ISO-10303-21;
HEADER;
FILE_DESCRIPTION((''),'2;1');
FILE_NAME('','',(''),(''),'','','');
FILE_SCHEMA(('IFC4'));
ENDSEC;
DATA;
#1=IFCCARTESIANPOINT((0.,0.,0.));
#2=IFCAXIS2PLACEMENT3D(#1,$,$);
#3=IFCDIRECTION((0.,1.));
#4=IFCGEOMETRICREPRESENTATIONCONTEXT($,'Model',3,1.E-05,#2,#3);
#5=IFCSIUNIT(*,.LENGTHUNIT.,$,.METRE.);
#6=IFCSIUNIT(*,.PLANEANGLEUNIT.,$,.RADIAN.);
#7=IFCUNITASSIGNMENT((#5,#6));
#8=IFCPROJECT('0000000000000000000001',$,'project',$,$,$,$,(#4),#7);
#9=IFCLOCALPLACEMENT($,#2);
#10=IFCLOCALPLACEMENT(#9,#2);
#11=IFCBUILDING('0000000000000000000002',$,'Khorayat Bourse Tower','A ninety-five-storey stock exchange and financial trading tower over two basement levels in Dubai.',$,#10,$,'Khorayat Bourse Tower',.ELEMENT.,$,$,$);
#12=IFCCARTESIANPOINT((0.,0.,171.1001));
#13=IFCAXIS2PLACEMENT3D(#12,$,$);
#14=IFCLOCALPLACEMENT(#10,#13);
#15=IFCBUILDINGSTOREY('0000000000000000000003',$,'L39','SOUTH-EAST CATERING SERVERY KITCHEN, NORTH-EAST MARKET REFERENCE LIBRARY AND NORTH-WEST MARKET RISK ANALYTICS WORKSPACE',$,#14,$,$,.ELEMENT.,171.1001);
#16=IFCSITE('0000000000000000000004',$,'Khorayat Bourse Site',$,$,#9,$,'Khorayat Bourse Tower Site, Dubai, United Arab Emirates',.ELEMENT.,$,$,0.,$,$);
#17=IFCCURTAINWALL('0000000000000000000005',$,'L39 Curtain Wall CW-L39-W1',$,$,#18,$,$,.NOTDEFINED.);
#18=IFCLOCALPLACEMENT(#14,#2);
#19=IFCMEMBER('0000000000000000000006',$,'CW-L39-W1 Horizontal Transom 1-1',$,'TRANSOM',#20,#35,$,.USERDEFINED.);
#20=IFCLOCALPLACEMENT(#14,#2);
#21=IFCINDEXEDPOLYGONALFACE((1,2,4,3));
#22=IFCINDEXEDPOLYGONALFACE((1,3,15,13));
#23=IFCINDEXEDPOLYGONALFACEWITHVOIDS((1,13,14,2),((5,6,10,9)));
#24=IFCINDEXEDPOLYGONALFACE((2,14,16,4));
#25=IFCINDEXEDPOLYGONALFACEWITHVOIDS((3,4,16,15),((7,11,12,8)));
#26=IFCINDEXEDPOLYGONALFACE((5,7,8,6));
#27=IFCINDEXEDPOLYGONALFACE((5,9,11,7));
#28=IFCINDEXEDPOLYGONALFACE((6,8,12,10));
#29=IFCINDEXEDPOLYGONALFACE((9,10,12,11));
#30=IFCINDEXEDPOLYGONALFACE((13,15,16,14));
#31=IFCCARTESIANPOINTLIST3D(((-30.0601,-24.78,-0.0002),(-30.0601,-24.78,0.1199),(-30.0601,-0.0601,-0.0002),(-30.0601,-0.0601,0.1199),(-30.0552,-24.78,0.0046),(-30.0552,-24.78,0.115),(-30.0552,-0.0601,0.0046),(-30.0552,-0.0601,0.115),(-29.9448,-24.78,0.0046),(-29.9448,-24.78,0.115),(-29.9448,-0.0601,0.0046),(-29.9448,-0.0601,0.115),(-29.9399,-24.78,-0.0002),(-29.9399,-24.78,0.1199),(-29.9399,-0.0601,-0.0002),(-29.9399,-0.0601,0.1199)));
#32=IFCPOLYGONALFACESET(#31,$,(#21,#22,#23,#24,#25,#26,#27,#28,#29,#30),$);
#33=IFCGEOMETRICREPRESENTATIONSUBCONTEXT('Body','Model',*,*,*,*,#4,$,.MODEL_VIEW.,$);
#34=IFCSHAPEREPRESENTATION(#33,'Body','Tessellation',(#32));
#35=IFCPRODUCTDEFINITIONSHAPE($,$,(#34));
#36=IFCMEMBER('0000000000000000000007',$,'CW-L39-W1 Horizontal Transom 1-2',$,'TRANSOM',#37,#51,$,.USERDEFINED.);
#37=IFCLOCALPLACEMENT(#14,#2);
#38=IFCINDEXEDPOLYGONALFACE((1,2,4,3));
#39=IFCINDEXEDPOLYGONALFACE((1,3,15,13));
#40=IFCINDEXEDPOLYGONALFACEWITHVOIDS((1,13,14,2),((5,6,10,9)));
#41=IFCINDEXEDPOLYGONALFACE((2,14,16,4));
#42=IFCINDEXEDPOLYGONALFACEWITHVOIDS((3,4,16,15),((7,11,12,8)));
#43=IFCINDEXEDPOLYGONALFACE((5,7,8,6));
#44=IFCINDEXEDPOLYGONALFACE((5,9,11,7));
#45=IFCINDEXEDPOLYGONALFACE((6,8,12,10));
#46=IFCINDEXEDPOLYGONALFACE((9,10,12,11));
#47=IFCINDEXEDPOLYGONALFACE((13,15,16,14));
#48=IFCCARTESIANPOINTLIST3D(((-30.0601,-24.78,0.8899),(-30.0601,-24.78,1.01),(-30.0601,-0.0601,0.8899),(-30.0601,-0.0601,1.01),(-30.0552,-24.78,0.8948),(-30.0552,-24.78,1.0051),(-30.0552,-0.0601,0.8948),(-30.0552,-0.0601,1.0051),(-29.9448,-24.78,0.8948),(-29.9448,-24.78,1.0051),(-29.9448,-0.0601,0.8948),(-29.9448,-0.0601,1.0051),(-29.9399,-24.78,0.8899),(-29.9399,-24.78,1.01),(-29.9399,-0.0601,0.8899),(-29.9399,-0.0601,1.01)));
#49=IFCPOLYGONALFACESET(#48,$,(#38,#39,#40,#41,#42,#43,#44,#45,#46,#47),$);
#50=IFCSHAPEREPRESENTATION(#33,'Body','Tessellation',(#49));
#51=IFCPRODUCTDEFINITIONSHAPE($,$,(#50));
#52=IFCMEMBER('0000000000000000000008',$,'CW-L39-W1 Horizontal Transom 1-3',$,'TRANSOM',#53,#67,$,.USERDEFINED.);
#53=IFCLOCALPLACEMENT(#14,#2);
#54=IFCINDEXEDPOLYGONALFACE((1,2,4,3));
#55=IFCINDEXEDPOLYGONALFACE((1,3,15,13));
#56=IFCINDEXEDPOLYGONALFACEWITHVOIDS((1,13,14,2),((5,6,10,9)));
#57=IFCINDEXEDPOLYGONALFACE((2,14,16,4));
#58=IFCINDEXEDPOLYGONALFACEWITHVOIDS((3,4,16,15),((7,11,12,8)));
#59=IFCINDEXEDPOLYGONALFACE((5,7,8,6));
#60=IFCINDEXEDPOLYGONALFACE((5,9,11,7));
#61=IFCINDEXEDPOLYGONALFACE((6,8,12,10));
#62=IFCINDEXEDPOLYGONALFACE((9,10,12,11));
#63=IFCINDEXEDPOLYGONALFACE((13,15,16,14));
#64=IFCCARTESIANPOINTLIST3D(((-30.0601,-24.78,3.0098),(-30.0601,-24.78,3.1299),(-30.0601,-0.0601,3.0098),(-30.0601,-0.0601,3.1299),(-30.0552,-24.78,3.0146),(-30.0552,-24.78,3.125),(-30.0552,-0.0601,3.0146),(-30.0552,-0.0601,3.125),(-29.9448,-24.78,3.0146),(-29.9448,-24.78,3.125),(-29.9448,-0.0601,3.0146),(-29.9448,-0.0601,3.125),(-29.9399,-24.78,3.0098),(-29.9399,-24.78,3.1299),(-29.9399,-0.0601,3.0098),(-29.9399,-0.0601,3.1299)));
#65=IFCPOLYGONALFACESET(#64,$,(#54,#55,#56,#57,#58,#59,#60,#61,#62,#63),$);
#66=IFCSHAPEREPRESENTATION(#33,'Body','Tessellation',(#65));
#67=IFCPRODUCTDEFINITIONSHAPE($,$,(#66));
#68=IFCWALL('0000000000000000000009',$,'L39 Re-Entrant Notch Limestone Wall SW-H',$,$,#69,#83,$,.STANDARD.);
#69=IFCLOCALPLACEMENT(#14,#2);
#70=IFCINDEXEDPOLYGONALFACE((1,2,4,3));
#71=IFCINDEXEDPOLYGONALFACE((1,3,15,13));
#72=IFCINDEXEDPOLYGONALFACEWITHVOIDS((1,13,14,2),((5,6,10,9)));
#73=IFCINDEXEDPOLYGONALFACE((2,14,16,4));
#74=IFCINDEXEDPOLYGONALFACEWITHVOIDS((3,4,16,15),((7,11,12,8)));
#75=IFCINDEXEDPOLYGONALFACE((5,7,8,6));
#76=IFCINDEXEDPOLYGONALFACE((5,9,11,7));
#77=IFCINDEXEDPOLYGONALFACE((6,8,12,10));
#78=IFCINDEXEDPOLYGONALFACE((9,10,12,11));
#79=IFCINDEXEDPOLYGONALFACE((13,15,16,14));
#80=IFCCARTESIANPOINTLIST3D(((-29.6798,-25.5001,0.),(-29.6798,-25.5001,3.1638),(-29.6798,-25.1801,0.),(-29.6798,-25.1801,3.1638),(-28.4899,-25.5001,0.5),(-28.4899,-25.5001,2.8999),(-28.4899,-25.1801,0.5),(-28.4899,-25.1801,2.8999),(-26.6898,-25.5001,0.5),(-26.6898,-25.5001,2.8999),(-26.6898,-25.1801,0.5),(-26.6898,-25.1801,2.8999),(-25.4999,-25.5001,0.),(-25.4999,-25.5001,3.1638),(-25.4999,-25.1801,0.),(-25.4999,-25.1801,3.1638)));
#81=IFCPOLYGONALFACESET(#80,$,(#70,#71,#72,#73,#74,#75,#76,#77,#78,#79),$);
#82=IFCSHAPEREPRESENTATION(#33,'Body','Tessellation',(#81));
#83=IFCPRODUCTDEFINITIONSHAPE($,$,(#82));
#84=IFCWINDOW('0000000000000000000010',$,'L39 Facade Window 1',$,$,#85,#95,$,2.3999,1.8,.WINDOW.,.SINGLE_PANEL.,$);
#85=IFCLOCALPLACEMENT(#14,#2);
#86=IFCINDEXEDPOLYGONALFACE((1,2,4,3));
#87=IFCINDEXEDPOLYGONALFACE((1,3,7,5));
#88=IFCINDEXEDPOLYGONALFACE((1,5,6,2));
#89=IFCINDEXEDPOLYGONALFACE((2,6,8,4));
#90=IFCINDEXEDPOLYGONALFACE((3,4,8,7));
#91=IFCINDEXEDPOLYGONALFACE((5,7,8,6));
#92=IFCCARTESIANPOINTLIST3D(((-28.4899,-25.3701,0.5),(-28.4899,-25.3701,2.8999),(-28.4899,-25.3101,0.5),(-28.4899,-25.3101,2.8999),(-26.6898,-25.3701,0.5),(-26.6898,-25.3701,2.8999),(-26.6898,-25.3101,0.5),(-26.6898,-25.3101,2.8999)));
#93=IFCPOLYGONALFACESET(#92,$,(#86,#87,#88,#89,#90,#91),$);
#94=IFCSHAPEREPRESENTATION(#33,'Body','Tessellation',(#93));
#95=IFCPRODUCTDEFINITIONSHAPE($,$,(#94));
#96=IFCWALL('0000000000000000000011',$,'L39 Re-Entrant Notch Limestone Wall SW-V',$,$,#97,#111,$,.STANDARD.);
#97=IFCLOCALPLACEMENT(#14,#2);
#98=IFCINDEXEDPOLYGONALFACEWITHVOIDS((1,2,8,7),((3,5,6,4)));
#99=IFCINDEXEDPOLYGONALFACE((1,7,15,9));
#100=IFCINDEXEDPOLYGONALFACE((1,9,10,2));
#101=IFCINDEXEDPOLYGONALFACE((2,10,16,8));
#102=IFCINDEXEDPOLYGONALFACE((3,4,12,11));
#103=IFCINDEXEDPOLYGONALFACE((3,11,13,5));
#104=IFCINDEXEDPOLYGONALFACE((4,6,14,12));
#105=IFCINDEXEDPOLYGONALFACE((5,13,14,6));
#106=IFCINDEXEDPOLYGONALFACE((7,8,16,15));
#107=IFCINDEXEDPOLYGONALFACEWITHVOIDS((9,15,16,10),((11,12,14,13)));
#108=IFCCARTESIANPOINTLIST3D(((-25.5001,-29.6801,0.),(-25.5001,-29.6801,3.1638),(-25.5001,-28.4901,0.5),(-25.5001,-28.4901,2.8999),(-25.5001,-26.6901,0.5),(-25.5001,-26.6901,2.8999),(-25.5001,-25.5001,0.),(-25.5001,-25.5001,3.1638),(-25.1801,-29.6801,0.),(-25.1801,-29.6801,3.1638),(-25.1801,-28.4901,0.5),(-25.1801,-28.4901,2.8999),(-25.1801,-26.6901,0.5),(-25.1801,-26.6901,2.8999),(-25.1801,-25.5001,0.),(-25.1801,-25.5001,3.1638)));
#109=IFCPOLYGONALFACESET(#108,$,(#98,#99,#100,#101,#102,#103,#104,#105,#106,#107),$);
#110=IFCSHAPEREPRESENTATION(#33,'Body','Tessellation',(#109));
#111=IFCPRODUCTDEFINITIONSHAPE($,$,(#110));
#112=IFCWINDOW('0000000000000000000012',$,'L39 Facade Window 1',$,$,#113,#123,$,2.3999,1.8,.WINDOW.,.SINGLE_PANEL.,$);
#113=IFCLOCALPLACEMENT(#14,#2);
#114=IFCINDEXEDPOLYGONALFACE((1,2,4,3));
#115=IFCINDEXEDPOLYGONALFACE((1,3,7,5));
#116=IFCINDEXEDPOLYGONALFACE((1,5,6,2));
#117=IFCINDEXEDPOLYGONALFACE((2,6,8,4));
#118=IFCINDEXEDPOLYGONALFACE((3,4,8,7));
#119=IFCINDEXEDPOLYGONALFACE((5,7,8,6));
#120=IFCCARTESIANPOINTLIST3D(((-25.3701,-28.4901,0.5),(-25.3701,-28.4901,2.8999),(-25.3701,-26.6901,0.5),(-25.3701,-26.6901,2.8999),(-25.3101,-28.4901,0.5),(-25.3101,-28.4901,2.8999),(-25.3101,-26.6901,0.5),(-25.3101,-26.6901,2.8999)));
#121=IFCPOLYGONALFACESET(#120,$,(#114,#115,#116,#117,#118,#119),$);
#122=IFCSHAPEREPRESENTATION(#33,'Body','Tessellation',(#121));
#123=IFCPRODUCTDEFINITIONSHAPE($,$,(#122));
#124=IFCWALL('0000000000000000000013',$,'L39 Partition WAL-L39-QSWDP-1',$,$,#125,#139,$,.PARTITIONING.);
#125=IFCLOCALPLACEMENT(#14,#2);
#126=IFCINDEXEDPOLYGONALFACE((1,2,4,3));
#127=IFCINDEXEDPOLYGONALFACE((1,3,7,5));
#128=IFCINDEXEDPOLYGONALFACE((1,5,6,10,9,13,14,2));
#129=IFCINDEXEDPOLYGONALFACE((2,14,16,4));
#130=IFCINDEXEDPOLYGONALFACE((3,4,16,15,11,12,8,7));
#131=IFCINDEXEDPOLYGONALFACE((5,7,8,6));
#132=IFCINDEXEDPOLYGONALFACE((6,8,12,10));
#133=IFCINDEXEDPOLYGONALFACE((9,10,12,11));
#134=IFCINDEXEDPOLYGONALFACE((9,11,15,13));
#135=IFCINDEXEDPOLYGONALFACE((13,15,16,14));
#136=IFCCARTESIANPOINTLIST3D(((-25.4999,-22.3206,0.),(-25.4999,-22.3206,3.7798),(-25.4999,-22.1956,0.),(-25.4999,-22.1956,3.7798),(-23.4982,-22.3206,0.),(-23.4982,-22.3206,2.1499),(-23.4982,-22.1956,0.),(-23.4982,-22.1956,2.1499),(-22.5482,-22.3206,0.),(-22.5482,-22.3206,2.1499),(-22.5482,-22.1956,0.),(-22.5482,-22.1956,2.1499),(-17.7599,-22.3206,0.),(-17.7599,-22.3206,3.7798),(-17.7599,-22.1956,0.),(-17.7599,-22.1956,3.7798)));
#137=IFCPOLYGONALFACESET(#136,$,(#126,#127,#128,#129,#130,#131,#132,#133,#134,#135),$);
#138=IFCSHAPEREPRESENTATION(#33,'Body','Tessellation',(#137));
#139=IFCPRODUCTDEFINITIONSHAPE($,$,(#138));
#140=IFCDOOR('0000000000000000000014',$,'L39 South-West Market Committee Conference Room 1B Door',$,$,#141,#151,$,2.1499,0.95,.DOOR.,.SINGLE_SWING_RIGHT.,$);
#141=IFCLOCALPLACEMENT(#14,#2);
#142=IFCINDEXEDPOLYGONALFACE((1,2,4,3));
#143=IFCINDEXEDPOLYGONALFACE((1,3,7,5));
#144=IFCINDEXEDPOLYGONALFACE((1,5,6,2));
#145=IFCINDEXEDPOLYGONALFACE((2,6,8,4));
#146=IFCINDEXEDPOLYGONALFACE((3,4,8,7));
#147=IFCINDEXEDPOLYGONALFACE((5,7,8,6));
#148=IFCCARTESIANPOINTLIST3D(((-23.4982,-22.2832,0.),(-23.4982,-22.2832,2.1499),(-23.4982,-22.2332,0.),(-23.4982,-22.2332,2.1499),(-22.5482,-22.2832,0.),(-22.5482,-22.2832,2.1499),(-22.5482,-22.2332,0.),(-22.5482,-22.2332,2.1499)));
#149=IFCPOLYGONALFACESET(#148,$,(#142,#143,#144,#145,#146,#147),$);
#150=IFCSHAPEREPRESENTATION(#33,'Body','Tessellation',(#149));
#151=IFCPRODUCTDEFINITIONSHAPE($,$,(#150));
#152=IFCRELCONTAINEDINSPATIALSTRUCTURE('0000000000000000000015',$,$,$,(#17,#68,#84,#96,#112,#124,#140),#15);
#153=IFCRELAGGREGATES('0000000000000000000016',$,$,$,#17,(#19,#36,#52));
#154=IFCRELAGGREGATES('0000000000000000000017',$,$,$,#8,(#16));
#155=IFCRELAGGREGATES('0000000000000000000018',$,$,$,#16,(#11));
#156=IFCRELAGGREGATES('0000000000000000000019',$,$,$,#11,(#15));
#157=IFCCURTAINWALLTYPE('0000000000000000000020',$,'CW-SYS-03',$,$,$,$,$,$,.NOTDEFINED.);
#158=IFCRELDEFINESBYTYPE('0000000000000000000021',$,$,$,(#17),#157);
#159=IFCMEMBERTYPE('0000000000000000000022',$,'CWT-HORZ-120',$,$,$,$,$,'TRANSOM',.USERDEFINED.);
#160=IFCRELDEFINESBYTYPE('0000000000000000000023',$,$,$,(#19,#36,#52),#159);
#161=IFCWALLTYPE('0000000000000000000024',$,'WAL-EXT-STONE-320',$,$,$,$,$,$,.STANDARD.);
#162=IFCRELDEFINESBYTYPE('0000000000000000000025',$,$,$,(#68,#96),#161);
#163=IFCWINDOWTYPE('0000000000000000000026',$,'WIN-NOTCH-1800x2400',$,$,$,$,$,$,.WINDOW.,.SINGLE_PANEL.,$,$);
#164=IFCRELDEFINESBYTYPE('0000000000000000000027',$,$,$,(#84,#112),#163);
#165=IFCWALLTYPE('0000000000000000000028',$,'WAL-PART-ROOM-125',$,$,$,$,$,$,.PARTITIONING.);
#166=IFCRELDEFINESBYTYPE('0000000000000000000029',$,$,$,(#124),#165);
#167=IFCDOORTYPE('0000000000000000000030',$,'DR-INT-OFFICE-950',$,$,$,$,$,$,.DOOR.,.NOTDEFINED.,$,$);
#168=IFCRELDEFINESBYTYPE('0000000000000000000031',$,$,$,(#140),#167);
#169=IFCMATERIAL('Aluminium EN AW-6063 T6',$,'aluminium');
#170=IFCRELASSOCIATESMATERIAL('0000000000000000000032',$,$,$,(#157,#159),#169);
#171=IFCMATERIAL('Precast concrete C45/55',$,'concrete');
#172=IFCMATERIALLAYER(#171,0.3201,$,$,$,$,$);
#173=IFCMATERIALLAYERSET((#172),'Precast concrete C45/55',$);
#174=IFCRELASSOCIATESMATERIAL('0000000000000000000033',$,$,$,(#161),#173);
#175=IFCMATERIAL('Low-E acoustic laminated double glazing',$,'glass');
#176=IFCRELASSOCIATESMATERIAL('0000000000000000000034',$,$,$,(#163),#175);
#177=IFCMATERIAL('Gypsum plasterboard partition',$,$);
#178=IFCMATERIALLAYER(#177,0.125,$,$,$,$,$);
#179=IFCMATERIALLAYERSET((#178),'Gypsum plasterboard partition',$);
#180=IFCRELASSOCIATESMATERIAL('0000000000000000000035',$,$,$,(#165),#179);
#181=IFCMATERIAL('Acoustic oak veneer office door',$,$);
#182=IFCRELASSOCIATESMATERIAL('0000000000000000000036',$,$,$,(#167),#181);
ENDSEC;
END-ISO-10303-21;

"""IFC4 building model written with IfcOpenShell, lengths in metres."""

from ifc_helpers import new_model, si_unit, direction, frame, frame_2d, origin, origin_2d, place, context, subcontext, project, spatial, rectangle, hollow_rectangle, extrude, source, transform, mapped, material, layer, layer_set, material_profile, profile_set, type_object, element, fill, aggregate, save


model = new_model("IFC4")

# Units and contexts
model_context = context("Model", 3, precision=1e-05, world=origin(), true_north=direction((0.0, 1.0)))
body_context = subcontext(model_context, "Body", "Model", "MODEL_VIEW")
ifc_project = project(units=[si_unit("LENGTHUNIT", "METRE"), si_unit("PLANEANGLEUNIT", "RADIAN")], contexts=[model_context])

# Site, building, storey
site_placement = place(None, origin())
site = spatial("IfcSite", under=ifc_project, at=site_placement, Name="Khorayat Bourse Site", LongName="Khorayat Bourse Tower Site, Dubai, United Arab Emirates", CompositionType="ELEMENT", RefElevation=0.0)
building_placement = place(site_placement, origin())
building = spatial("IfcBuilding", under=site, at=building_placement, Name="Khorayat Bourse Tower", Description="A ninety-five-storey stock exchange and financial trading tower over two basement levels in Dubai.", LongName="Khorayat Bourse Tower", CompositionType="ELEMENT")
storey_placement = place(building_placement, frame((0.0, 0.0, 171.1001)))
storey = spatial("IfcBuildingStorey", under=building, at=storey_placement, Name="L39", Description="SOUTH-EAST CATERING SERVERY KITCHEN, NORTH-EAST MARKET REFERENCE LIBRARY AND NORTH-WEST MARKET RISK ANALYTICS WORKSPACE", CompositionType="ELEMENT", Elevation=171.1001)

# Curtain wall
ifc_material_1 = material(Name="Aluminium EN AW-6063 T6", Category="aluminium")
curtain_wall_type = type_object("IfcCurtainWallType", Name="CW-SYS-03", PredefinedType="NOTDEFINED", material=ifc_material_1)
curtain_wall_1_placement = place(storey_placement, origin())
curtain_wall_1 = element("IfcCurtainWall", 1, at=curtain_wall_1_placement, inside=storey, type_object=curtain_wall_type, Name="L39 Curtain Wall CW-L39-W1", PredefinedType="NOTDEFINED")

# Members
ifc_material_profile_1 = material_profile(ifc_material_1, hollow_rectangle(XDim=0.1201, YDim=0.1201, WallThickness=0.0049, at=origin_2d()), Name="ALU 120x120x5")
ifc_profile_set_1 = profile_set([ifc_material_profile_1], Name="Aluminium EN AW-6063 T6")
member_type_1 = type_object("IfcMemberType", Name="CWT-HORZ-120", ElementType="TRANSOM", PredefinedType="USERDEFINED", material=ifc_profile_set_1)
shared_shape_1 = source(origin(), body_context, "Body", "SweptSolid", [
    extrude(hollow_rectangle(XDim=0.1201, YDim=0.1201, WallThickness=0.0049, at=origin_2d()), origin(), (0.0, 0.0, 1.0), 24.72),
])
member_1_placement = place(storey_placement, frame((-30.0, -24.78, 0.0598), z_axis=(0.0, 1.0, 0.0), x_axis=(-1.0, 0.0, 0.0)))
member_1 = element("IfcMember", 2, at=member_1_placement, type_object=member_type_1, Name="CW-L39-W1 Horizontal Transom 1-1", ObjectType="TRANSOM", PredefinedType="USERDEFINED", context=body_context, shape_type="MappedRepresentation", body=[
    mapped(shared_shape_1, transform((0.0, 0.0, 0.0), scale=1.0)),
])
member_2_placement = place(storey_placement, frame((-30.0, -24.78, 0.95), z_axis=(0.0, 1.0, 0.0), x_axis=(-1.0, 0.0, 0.0)))
member_2 = element("IfcMember", 3, at=member_2_placement, type_object=member_type_1, Name="CW-L39-W1 Horizontal Transom 1-2", ObjectType="TRANSOM", PredefinedType="USERDEFINED", context=body_context, shape_type="MappedRepresentation", body=[
    mapped(shared_shape_1, transform((0.0, 0.0, 0.0), scale=1.0)),
])
member_3_placement = place(storey_placement, frame((-30.0, -24.78, 3.0698), z_axis=(0.0, 1.0, 0.0), x_axis=(-1.0, 0.0, 0.0)))
member_3 = element("IfcMember", 4, at=member_3_placement, type_object=member_type_1, Name="CW-L39-W1 Horizontal Transom 1-3", ObjectType="TRANSOM", PredefinedType="USERDEFINED", context=body_context, shape_type="MappedRepresentation", body=[
    mapped(shared_shape_1, transform((0.0, 0.0, 0.0), scale=1.0)),
])
aggregate(curtain_wall_1, [member_1, member_2, member_3])

# Walls, openings, windows
ifc_material_2 = material(Name="Precast concrete C45/55", Category="concrete")
ifc_layer_1 = layer(ifc_material_2, 0.3201)
ifc_layer_set_1 = layer_set([ifc_layer_1], Name="Precast concrete C45/55")
wall_type_1 = type_object("IfcWallType", Name="WAL-EXT-STONE-320", PredefinedType="STANDARD", material=ifc_layer_set_1)
shared_shape_2 = source(origin(), body_context, "Body", "SweptSolid", [
    extrude(rectangle(XDim=4.1799, YDim=0.3201, at=frame_2d((2.0898, 0.0))), origin(), (0.0, 0.0, 1.0), 3.1638),
])
wall_1_placement = place(storey_placement, frame((-25.5, -25.3401, 0.0), z_axis=(0.0, 0.0, 1.0), x_axis=(-1.0, 0.0, 0.0)))
wall_1 = element("IfcWall", 5, at=wall_1_placement, inside=storey, type_object=wall_type_1, Name="L39 Re-Entrant Notch Limestone Wall SW-H", PredefinedType="STANDARD", context=body_context, shape_type="MappedRepresentation", body=[
    mapped(shared_shape_2, transform((0.0, 0.0, 0.0), scale=1.0)),
])
shared_shape_3 = source(origin(), body_context, "Body", "SweptSolid", [
    extrude(rectangle(XDim=1.8, YDim=2.3999, at=frame_2d((0.8999, 1.2))), frame((0.0, 0.1699, 0.0), z_axis=(0.0, -1.0, 0.0), x_axis=(1.0, 0.0, 0.0)), (0.0, 0.0, 1.0), 0.3401),
])
opening_1_placement = place(wall_1_placement, frame((1.1899, 0.0, 0.5)))
opening_1 = element("IfcOpeningElement", 6, at=opening_1_placement, cuts=wall_1, PredefinedType="OPENING", context=body_context, shape_type="MappedRepresentation", body=[
    mapped(shared_shape_3, transform((0.0, 0.0, 0.0), scale=1.0)),
])
ifc_material_3 = material(Name="Low-E acoustic laminated double glazing", Category="glass")
window_type = type_object("IfcWindowType", Name="WIN-NOTCH-1800x2400", PartitioningType="SINGLE_PANEL", PredefinedType="WINDOW", material=ifc_material_3)
shared_shape_4 = source(origin(), body_context, "Body", "SweptSolid", [
    extrude(rectangle(XDim=1.8, YDim=2.3999, at=frame_2d((0.8999, 1.2))), frame((0.0, 0.03, 0.0), z_axis=(0.0, -1.0, 0.0), x_axis=(1.0, 0.0, 0.0)), (0.0, 0.0, 1.0), 0.0601),
])
window_1_placement = place(opening_1_placement, origin())
window_1 = element("IfcWindow", 7, at=window_1_placement, inside=storey, type_object=window_type, Name="L39 Facade Window 1", OverallHeight=2.3999, OverallWidth=1.8, PartitioningType="SINGLE_PANEL", PredefinedType="WINDOW", context=body_context, shape_type="MappedRepresentation", body=[
    mapped(shared_shape_4, transform((0.0, 0.0, 0.0), scale=1.0)),
])
fill(opening_1, window_1)
wall_2_placement = place(storey_placement, frame((-25.3401, -29.6799, 0.0), z_axis=(0.0, 0.0, 1.0), x_axis=(0.0, 1.0, 0.0)))
wall_2 = element("IfcWall", 8, at=wall_2_placement, inside=storey, type_object=wall_type_1, Name="L39 Re-Entrant Notch Limestone Wall SW-V", PredefinedType="STANDARD", context=body_context, shape_type="MappedRepresentation", body=[
    mapped(shared_shape_2, transform((0.0, 0.0, 0.0), scale=1.0)),
])
opening_2_placement = place(wall_2_placement, frame((1.1899, 0.0, 0.5)))
opening_2 = element("IfcOpeningElement", 9, at=opening_2_placement, cuts=wall_2, PredefinedType="OPENING", context=body_context, shape_type="MappedRepresentation", body=[
    mapped(shared_shape_3, transform((0.0, 0.0, 0.0), scale=1.0)),
])
window_2_placement = place(opening_2_placement, origin())
window_2 = element("IfcWindow", 10, at=window_2_placement, inside=storey, type_object=window_type, Name="L39 Facade Window 1", OverallHeight=2.3999, OverallWidth=1.8, PartitioningType="SINGLE_PANEL", PredefinedType="WINDOW", context=body_context, shape_type="MappedRepresentation", body=[
    mapped(shared_shape_4, transform((0.0, 0.0, 0.0), scale=1.0)),
])
fill(opening_2, window_2)

# Wall, opening, door
ifc_material_4 = material(Name="Gypsum plasterboard partition")
ifc_layer_2 = layer(ifc_material_4, 0.125)
ifc_layer_set_2 = layer_set([ifc_layer_2], Name="Gypsum plasterboard partition")
wall_type_2 = type_object("IfcWallType", Name="WAL-PART-ROOM-125", PredefinedType="PARTITIONING", material=ifc_layer_set_2)
shared_shape_5 = source(origin(), body_context, "Body", "SweptSolid", [
    extrude(rectangle(XDim=7.74, YDim=0.125, at=frame_2d((3.8701, 0.0))), origin(), (0.0, 0.0, 1.0), 3.7798),
])
wall_3_placement = place(storey_placement, frame((-25.5, -22.2581, 0.0), z_axis=(0.0, 0.0, 1.0), x_axis=(1.0, 0.0, 0.0)))
wall_3 = element("IfcWall", 11, at=wall_3_placement, inside=storey, type_object=wall_type_2, Name="L39 Partition WAL-L39-QSWDP-1", PredefinedType="PARTITIONING", context=body_context, shape_type="MappedRepresentation", body=[
    mapped(shared_shape_5, transform((0.0, 0.0, 0.0), scale=1.0)),
])
shared_shape_6 = source(origin(), body_context, "Body", "SweptSolid", [
    extrude(rectangle(XDim=0.95, YDim=2.1499, at=frame_2d((0.4751, 1.075))), frame((0.0, 0.0725, 0.0), z_axis=(0.0, -1.0, 0.0), x_axis=(1.0, 0.0, 0.0)), (0.0, 0.0, 1.0), 0.145),
])
opening_3_placement = place(wall_3_placement, frame((2.0017, 0.0, 0.0)))
opening_3 = element("IfcOpeningElement", 12, at=opening_3_placement, cuts=wall_3, PredefinedType="OPENING", context=body_context, shape_type="MappedRepresentation", body=[
    mapped(shared_shape_6, transform((0.0, 0.0, 0.0), scale=1.0)),
])
ifc_material_5 = material(Name="Acoustic oak veneer office door")
door_type = type_object("IfcDoorType", Name="DR-INT-OFFICE-950", OperationType="NOTDEFINED", PredefinedType="DOOR", material=ifc_material_5)
shared_shape_7 = source(origin(), body_context, "Body", "SweptSolid", [
    extrude(rectangle(XDim=0.95, YDim=2.1499, at=frame_2d((0.4751, 1.075))), frame((0.0, 0.0249, 0.0), z_axis=(0.0, -1.0, 0.0), x_axis=(1.0, 0.0, 0.0)), (0.0, 0.0, 1.0), 0.05),
])
door_placement = place(opening_3_placement, origin())
door = element("IfcDoor", 13, at=door_placement, inside=storey, type_object=door_type, Name="L39 South-West Market Committee Conference Room 1B Door", OperationType="SINGLE_SWING_RIGHT", OverallHeight=2.1499, OverallWidth=0.95, PredefinedType="DOOR", context=body_context, shape_type="MappedRepresentation", body=[
    mapped(shared_shape_7, transform((0.0, 0.0, 0.0), scale=1.0)),
])
fill(opening_3, door)

save(model, "model.ifc")
